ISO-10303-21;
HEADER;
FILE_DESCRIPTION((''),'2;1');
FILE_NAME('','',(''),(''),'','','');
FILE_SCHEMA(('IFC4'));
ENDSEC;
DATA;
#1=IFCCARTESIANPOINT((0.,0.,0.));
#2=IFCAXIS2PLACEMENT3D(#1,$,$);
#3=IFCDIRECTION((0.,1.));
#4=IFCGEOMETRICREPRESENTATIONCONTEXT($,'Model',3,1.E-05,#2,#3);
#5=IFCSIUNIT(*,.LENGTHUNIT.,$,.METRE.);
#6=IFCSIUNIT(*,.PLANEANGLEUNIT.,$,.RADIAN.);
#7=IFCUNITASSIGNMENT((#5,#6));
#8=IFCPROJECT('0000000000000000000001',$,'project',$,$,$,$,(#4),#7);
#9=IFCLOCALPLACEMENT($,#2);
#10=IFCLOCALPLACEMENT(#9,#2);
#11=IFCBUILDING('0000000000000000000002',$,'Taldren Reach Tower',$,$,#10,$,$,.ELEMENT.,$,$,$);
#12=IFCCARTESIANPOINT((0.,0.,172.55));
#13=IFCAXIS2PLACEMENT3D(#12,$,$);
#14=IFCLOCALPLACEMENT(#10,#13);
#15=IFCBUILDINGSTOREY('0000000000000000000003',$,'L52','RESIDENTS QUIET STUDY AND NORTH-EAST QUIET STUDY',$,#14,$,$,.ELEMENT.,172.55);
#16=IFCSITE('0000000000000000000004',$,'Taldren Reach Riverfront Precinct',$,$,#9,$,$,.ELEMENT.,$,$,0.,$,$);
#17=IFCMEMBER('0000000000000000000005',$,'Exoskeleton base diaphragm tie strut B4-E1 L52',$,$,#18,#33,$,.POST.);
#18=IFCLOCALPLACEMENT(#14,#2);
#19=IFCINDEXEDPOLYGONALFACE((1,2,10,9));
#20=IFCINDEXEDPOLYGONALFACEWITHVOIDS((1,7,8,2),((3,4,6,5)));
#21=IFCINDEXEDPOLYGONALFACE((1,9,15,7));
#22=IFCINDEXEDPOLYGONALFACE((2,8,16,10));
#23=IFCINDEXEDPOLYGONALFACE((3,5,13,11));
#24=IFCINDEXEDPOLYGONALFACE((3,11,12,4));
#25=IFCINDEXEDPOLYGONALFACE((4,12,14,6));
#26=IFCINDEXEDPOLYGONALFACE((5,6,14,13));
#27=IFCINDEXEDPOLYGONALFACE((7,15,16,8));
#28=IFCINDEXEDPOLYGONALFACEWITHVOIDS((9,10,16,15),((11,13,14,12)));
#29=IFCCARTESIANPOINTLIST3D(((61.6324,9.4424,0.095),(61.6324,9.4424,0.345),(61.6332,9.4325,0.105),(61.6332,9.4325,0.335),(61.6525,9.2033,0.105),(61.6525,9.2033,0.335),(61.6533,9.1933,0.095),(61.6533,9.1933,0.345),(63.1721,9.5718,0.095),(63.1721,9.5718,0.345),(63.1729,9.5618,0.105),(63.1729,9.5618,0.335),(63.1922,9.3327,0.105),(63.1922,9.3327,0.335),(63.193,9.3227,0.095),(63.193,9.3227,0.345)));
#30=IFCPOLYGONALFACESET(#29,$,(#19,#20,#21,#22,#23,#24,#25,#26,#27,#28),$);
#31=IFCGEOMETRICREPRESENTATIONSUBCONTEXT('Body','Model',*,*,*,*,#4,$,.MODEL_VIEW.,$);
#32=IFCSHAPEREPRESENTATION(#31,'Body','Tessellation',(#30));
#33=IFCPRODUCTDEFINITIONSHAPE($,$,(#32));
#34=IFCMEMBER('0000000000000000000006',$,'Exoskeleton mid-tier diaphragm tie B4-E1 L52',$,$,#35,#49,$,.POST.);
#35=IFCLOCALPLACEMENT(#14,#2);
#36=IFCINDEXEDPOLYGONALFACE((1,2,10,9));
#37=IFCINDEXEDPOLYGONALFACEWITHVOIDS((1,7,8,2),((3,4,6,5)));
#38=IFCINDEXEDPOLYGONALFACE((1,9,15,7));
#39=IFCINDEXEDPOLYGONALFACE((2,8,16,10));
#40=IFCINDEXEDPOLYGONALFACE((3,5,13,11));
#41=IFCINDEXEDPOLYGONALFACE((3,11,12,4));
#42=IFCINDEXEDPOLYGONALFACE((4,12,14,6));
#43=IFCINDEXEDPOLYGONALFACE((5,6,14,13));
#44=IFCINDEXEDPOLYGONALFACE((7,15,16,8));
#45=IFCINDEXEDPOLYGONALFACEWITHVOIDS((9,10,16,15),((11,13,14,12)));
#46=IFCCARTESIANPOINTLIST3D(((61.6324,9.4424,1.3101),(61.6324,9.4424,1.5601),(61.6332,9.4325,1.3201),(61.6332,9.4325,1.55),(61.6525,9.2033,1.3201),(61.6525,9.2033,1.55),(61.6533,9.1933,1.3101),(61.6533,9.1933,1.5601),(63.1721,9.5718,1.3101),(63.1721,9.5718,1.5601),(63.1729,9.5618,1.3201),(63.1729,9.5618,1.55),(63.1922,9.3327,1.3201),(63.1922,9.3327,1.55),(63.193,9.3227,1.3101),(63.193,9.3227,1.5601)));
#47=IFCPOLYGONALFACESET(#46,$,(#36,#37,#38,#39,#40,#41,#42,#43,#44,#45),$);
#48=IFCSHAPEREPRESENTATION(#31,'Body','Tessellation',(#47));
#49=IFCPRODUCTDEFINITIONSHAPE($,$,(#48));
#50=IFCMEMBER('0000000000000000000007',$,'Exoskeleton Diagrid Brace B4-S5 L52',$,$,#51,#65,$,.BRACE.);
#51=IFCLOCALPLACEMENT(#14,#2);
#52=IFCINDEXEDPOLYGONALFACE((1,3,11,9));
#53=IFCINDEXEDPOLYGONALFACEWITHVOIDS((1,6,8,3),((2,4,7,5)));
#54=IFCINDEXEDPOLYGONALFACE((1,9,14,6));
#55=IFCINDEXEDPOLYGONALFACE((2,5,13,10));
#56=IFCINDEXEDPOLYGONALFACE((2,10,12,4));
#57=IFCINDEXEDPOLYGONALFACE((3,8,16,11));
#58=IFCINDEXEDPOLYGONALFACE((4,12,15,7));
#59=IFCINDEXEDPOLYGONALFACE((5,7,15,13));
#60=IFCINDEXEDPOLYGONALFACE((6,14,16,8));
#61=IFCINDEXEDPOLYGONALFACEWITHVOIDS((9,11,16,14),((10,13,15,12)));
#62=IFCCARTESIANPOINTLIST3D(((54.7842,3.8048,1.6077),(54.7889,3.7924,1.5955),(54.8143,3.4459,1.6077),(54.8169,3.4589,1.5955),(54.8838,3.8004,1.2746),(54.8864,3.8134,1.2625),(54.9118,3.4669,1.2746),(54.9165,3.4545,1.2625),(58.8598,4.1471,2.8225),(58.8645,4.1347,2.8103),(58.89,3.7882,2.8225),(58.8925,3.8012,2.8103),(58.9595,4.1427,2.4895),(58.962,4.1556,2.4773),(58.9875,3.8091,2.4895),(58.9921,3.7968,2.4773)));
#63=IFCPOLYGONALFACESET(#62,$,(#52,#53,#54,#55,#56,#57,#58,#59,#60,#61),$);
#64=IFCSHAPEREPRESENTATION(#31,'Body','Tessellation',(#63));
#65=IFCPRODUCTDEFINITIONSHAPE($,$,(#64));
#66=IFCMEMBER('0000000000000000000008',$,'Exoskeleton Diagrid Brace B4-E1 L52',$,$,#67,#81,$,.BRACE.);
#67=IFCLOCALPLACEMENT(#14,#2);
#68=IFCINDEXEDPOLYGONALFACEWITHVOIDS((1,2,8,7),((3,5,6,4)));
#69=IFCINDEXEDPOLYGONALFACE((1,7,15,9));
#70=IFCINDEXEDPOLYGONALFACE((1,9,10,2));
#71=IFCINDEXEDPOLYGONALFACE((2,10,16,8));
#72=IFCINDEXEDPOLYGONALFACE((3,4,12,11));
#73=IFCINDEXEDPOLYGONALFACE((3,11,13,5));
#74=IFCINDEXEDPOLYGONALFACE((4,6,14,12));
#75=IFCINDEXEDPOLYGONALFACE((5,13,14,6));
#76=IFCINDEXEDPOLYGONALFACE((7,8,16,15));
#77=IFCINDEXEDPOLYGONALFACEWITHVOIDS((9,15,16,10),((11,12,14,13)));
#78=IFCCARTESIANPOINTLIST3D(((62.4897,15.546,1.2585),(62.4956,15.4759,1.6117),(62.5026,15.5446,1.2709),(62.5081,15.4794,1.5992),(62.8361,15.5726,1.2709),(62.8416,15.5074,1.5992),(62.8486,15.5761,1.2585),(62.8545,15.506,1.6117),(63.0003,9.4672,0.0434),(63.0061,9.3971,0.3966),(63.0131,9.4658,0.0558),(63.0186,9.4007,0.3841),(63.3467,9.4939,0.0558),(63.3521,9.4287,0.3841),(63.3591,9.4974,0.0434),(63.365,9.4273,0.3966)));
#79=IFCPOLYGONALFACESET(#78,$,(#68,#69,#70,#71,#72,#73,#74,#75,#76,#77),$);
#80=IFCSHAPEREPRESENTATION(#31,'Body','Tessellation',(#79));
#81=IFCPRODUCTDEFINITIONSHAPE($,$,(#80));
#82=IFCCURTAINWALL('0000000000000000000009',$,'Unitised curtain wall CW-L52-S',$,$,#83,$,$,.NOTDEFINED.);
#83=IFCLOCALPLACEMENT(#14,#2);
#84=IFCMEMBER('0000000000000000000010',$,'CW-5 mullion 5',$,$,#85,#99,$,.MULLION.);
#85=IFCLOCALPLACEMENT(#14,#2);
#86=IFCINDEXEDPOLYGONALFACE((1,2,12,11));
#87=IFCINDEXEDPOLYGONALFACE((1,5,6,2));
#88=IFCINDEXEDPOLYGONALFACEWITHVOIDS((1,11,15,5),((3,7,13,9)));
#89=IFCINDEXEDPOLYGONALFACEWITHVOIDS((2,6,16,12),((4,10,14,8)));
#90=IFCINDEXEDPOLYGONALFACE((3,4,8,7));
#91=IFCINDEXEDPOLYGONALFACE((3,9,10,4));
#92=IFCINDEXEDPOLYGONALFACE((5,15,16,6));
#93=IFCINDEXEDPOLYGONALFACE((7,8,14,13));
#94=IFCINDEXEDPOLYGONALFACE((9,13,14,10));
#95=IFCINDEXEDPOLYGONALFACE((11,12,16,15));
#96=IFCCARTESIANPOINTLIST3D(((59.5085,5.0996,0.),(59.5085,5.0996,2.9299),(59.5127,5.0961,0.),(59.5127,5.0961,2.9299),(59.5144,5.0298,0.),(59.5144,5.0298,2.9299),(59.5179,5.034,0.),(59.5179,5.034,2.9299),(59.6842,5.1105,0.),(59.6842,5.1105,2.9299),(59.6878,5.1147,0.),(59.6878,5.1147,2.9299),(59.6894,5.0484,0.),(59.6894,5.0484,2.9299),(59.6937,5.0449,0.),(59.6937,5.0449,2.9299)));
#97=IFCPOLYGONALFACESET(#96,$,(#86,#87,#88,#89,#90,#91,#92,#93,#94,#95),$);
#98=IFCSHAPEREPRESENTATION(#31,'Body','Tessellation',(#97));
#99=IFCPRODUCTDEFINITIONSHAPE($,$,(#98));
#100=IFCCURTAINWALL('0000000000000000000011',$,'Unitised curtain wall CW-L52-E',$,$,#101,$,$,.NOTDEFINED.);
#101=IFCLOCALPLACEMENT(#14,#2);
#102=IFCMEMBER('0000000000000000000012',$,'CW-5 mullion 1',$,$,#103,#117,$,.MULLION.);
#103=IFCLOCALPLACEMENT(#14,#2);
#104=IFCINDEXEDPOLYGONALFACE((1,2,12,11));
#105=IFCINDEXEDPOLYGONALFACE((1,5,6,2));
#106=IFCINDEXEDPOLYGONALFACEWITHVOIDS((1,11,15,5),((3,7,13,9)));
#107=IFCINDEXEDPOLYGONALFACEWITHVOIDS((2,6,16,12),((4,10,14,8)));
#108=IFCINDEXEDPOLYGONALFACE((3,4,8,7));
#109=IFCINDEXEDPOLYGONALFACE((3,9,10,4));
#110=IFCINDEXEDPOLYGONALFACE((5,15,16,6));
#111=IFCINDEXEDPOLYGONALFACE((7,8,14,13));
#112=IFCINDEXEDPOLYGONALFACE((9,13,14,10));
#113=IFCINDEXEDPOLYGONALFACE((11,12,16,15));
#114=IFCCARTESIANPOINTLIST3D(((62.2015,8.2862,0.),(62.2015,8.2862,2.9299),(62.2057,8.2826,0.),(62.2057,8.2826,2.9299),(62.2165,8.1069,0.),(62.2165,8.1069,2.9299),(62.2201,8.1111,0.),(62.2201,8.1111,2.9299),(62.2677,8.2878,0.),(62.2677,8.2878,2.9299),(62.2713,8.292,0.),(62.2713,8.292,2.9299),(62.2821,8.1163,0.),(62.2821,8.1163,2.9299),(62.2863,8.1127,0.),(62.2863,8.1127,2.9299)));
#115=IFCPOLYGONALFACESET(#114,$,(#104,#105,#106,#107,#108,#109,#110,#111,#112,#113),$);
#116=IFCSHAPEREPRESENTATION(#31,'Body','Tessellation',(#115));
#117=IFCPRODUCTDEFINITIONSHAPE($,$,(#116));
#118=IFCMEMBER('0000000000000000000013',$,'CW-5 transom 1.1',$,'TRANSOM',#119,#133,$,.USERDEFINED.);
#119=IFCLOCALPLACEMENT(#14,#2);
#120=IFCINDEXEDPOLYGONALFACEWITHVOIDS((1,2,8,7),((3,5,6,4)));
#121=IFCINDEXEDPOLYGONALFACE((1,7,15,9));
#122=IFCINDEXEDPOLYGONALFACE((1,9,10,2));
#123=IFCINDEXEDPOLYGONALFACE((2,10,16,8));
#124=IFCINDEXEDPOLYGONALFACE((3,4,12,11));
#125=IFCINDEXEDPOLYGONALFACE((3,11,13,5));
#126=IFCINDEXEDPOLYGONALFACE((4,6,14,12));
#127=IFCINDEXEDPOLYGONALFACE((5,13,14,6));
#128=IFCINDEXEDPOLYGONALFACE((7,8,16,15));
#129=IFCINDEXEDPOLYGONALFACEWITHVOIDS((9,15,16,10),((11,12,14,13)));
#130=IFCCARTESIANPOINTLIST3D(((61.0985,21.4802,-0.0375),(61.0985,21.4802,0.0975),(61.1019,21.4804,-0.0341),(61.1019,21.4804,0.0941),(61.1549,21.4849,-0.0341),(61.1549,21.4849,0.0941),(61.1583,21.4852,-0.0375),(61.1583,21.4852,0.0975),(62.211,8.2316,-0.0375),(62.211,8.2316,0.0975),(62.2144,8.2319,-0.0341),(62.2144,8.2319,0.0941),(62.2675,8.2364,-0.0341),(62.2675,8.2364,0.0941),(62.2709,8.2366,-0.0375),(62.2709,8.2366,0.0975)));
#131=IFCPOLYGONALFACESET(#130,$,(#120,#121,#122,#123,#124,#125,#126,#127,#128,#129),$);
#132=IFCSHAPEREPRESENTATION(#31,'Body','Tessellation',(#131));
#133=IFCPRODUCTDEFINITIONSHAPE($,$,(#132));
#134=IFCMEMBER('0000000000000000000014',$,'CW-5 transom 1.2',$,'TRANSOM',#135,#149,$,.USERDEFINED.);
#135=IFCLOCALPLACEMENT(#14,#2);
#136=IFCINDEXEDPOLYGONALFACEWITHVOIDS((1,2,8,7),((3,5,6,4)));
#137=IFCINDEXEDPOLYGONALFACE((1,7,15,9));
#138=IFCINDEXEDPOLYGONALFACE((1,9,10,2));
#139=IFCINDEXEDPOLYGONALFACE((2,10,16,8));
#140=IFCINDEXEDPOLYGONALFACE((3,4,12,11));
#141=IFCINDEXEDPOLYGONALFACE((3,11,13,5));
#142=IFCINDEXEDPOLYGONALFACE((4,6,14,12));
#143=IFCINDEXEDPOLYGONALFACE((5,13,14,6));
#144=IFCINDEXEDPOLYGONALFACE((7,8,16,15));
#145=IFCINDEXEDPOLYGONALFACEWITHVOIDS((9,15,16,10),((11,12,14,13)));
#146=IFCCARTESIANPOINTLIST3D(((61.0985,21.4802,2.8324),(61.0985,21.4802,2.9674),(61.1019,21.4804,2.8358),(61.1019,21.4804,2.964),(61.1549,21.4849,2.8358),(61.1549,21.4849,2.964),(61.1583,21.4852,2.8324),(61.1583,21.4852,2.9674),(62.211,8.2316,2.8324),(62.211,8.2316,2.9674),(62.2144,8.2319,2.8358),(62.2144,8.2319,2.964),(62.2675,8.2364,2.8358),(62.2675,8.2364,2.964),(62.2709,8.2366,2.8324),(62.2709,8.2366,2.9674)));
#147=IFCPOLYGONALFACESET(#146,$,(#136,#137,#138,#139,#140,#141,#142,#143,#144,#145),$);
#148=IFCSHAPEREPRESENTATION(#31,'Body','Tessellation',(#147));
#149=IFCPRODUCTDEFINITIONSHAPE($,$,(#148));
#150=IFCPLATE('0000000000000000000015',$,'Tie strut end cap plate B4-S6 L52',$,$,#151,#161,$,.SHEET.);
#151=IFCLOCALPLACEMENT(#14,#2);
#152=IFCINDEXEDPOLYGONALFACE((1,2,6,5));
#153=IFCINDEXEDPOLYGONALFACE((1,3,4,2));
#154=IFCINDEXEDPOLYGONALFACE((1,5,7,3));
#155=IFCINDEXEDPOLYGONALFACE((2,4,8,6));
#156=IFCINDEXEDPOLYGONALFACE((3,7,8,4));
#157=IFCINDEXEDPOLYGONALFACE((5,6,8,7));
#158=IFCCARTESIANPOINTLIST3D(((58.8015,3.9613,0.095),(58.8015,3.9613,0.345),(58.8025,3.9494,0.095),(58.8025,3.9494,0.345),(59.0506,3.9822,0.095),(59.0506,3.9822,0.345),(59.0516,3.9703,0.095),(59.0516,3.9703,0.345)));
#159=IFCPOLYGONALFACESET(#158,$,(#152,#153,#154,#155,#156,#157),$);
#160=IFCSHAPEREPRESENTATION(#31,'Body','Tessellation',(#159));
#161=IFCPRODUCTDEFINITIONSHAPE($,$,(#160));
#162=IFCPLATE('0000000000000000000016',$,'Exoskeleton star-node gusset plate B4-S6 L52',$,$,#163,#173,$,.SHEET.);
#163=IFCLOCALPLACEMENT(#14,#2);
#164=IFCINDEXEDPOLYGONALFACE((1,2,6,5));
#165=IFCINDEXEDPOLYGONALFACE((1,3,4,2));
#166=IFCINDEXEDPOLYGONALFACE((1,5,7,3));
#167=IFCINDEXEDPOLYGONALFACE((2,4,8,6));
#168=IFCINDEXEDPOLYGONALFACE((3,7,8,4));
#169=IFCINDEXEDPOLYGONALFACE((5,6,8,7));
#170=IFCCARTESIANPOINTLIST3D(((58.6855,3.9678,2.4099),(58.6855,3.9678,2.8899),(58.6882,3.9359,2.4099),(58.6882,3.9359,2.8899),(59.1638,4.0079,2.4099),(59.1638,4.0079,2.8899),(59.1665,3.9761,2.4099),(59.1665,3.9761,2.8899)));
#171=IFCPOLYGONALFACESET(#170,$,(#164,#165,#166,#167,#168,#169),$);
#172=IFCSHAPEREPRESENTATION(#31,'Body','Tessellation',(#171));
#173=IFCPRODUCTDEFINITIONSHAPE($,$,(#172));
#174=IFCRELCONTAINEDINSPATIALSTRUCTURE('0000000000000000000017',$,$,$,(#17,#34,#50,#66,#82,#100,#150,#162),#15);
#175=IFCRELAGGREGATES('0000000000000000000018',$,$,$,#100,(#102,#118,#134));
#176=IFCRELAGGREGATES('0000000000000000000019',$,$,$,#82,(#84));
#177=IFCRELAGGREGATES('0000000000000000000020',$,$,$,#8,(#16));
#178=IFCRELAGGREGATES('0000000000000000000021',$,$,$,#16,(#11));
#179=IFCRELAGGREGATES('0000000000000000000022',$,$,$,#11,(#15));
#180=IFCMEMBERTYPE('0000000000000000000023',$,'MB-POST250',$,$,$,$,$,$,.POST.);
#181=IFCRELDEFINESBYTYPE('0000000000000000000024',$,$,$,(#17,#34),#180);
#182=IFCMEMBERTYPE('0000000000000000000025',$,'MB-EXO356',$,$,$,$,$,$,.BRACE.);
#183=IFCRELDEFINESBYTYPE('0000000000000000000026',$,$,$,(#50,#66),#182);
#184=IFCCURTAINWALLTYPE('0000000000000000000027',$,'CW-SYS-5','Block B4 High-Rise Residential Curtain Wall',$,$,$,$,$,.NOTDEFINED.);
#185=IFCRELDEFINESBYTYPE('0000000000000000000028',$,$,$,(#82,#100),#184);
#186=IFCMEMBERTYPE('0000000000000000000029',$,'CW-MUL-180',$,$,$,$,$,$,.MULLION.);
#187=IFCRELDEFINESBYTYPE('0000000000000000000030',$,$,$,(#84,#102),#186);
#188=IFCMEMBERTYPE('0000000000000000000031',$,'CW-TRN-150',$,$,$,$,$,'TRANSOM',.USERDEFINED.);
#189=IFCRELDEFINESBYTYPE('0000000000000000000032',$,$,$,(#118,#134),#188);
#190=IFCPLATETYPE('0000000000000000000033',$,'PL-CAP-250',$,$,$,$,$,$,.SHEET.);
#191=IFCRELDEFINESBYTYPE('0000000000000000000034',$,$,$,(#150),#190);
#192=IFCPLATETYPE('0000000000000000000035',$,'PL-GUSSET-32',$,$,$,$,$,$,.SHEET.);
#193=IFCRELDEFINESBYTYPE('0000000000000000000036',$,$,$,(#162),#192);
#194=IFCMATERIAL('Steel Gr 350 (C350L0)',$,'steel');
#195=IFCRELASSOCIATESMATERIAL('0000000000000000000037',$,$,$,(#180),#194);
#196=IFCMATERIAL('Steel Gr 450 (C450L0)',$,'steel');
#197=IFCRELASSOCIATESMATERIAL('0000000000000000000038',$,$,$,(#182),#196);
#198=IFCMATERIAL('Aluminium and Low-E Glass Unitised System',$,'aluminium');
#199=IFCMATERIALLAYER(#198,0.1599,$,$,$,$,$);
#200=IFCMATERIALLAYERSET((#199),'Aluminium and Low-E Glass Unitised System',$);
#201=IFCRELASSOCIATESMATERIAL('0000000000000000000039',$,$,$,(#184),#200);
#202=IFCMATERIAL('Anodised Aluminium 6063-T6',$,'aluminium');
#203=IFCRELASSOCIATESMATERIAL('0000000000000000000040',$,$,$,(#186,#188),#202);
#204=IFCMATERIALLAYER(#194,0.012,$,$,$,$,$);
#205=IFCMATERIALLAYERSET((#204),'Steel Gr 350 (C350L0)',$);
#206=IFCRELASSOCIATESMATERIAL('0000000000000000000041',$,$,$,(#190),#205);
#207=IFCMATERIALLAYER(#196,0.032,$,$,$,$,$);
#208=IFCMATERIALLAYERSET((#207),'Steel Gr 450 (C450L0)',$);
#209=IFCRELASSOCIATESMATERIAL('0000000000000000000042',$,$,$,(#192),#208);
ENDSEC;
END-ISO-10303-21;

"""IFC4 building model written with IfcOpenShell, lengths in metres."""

from ifc_helpers import new_model, si_unit, direction, frame, origin, origin_2d, place, context, subcontext, project, spatial, rectangle, hollow_rectangle, extrude, source, transform, mapped, material, layer, layer_set, material_profile, profile_set, type_object, element, aggregate, save


model = new_model("IFC4")

# Units and contexts
model_context = context("Model", 3, precision=1e-05, world=origin(), true_north=direction((0.0, 1.0)))
body_context = subcontext(model_context, "Body", "Model", "MODEL_VIEW")
ifc_project = project(units=[si_unit("LENGTHUNIT", "METRE"), si_unit("PLANEANGLEUNIT", "RADIAN")], contexts=[model_context])

# Site, building, storey
site_placement = place(None, origin())
site = spatial("IfcSite", under=ifc_project, at=site_placement, Name="Taldren Reach Riverfront Precinct", CompositionType="ELEMENT", RefElevation=0.0)
building_placement = place(site_placement, origin())
building = spatial("IfcBuilding", under=site, at=building_placement, Name="Taldren Reach Tower", CompositionType="ELEMENT")
storey_placement = place(building_placement, frame((0.0, 0.0, 172.55)))
storey = spatial("IfcBuildingStorey", under=building, at=storey_placement, Name="L52", Description="RESIDENTS QUIET STUDY AND NORTH-EAST QUIET STUDY", CompositionType="ELEMENT", Elevation=172.55)

# Shared definitions
ifc_material_1 = material(Name="Steel Gr 350 (C350L0)", Category="steel")

# Shared definitions
ifc_material_profile_1 = material_profile(ifc_material_1, hollow_rectangle(XDim=0.25, YDim=0.25, WallThickness=0.01, at=origin_2d()), Name="250x250x10.0SHS")
ifc_profile_set_1 = profile_set([ifc_material_profile_1], Name="Steel Gr 350 (C350L0)")
member_type_1 = type_object("IfcMemberType", Name="MB-POST250", PredefinedType="POST", material=ifc_profile_set_1)

# Members
ifc_material_2 = material(Name="Steel Gr 450 (C450L0)", Category="steel")
shared_shape_1 = source(origin(), body_context, "Body", "SweptSolid", [
    extrude(hollow_rectangle(XDim=0.25, YDim=0.25, WallThickness=0.01, at=origin_2d()), origin(), (0.0, 0.0, 1.0), 1.5452),
])
for number, where, z_axis, x_axis, name in (
    (1, (61.6428, 9.3179, 0.22), (0.996488, 0.083738, 0.0), (-0.083738, 0.996488, 0.0), "Exoskeleton base diaphragm tie strut B4-E1 L52"),
    (2, (61.6428, 9.3179, 1.4351), (0.996488, 0.083738, 0.0), (-0.083738, 0.996488, 0.0), "Exoskeleton mid-tier diaphragm tie B4-E1 L52"),
):
    element("IfcMember", number, at=place(storey_placement, frame(where, z_axis=z_axis, x_axis=x_axis)), inside=storey, type_object=member_type_1, Name=name, PredefinedType="POST", context=body_context, shape_type="MappedRepresentation", body=[
        mapped(shared_shape_1, transform((0.0, 0.0, 0.0), scale=1.0)),
    ])
ifc_material_profile_2 = material_profile(ifc_material_2, hollow_rectangle(XDim=0.3601, YDim=0.3601, WallThickness=0.0127, at=origin_2d()), Name="360x360x12.7SHS")
ifc_profile_set_2 = profile_set([ifc_material_profile_2], Name="Steel Gr 450 (C450L0)")
member_type_2 = type_object("IfcMemberType", Name="MB-EXO356", PredefinedType="BRACE", material=ifc_profile_set_2)
shared_shape_2 = source(origin(), body_context, "Body", "SweptSolid", [
    extrude(hollow_rectangle(XDim=0.3601, YDim=0.3601, WallThickness=0.0127, at=origin_2d()), origin(), (0.0, 0.0, 1.0), 4.2666),
])
member_1_placement = place(storey_placement, frame((54.8503, 3.6296, 1.4351), z_axis=(0.955245, 0.080224, 0.284731), x_axis=(-0.083688, 0.996492, 0.0)))
element("IfcMember", 3, at=member_1_placement, inside=storey, type_object=member_type_2, Name="Exoskeleton Diagrid Brace B4-S5 L52", PredefinedType="BRACE", context=body_context, shape_type="MappedRepresentation", body=[
    mapped(shared_shape_2, transform((0.0, 0.0, 0.0), scale=1.0)),
])
shared_shape_3 = source(origin(), body_context, "Body", "SweptSolid", [
    extrude(hollow_rectangle(XDim=0.3601, YDim=0.3601, WallThickness=0.0127, at=origin_2d()), origin(), (0.0, 0.0, 1.0), 6.22),
])
member_2_placement = place(storey_placement, frame((63.1826, 9.4473, 0.22), z_axis=(-0.082076, 0.977292, 0.195356), x_axis=(-0.996492, -0.083688, 0.0)))
element("IfcMember", 4, at=member_2_placement, inside=storey, type_object=member_type_2, Name="Exoskeleton Diagrid Brace B4-E1 L52", PredefinedType="BRACE", context=body_context, shape_type="MappedRepresentation", body=[
    mapped(shared_shape_3, transform((0.0, 0.0, 0.0), scale=1.0)),
])

# Curtain wall, member
ifc_material_3 = material(Name="Aluminium and Low-E Glass Unitised System", Category="aluminium")
ifc_layer_1 = layer(ifc_material_3, 0.1599)
ifc_layer_set_1 = layer_set([ifc_layer_1], Name="Aluminium and Low-E Glass Unitised System")
curtain_wall_type = type_object("IfcCurtainWallType", Name="CW-SYS-5", Description="Block B4 High-Rise Residential Curtain Wall", PredefinedType="NOTDEFINED", material=ifc_layer_set_1)
curtain_wall_1_placement = place(storey_placement, origin())
curtain_wall_1 = element("IfcCurtainWall", 5, at=curtain_wall_1_placement, inside=storey, type_object=curtain_wall_type, Name="Unitised curtain wall CW-L52-S", PredefinedType="NOTDEFINED")
ifc_material_4 = material(Name="Anodised Aluminium 6063-T6", Category="aluminium")
ifc_material_profile_3 = material_profile(ifc_material_4, hollow_rectangle(XDim=0.0701, YDim=0.1799, WallThickness=0.0039, at=origin_2d()), Name="ALU-180x70x4RHS")
ifc_profile_set_3 = profile_set([ifc_material_profile_3], Name="Anodised Aluminium 6063-T6")
member_type_3 = type_object("IfcMemberType", Name="CW-MUL-180", PredefinedType="MULLION", material=ifc_profile_set_3)
shared_shape_4 = source(origin(), body_context, "Body", "SweptSolid", [
    extrude(hollow_rectangle(XDim=0.0701, YDim=0.1799, WallThickness=0.0039, at=origin_2d()), origin(), (0.0, 0.0, 1.0), 2.9299),
])
member_3_placement = place(storey_placement, frame((59.6011, 5.0723, 0.0), z_axis=(0.0, 0.0, 1.0), x_axis=(-0.083678, 0.996493, 0.0)))
member_3 = element("IfcMember", 6, at=member_3_placement, type_object=member_type_3, Name="CW-5 mullion 5", PredefinedType="MULLION", context=body_context, shape_type="MappedRepresentation", body=[
    mapped(shared_shape_4, transform((0.0, 0.0, 0.0), scale=1.0)),
])

# Curtain wall, members
curtain_wall_2_placement = place(storey_placement, origin())
curtain_wall_2 = element("IfcCurtainWall", 7, at=curtain_wall_2_placement, inside=storey, type_object=curtain_wall_type, Name="Unitised curtain wall CW-L52-E", PredefinedType="NOTDEFINED")
member_4_placement = place(storey_placement, frame((62.2439, 8.1995, 0.0), z_axis=(0.0, 0.0, 1.0), x_axis=(-0.996493, -0.083678, 0.0)))
member_4 = element("IfcMember", 8, at=member_4_placement, type_object=member_type_3, Name="CW-5 mullion 1", PredefinedType="MULLION", context=body_context, shape_type="MappedRepresentation", body=[
    mapped(shared_shape_4, transform((0.0, 0.0, 0.0), scale=1.0)),
])
ifc_material_profile_4 = material_profile(ifc_material_4, hollow_rectangle(XDim=0.0601, YDim=0.135, WallThickness=0.0034, at=origin_2d()), Name="ALU-135x60x3.5RHS")
ifc_profile_set_4 = profile_set([ifc_material_profile_4], Name="Anodised Aluminium 6063-T6")
member_type_4 = type_object("IfcMemberType", Name="CW-TRN-150", ElementType="TRANSOM", PredefinedType="USERDEFINED", material=ifc_profile_set_4)
shared_shape_5 = source(origin(), body_context, "Body", "SweptSolid", [
    extrude(hollow_rectangle(XDim=0.0601, YDim=0.135, WallThickness=0.0034, at=origin_2d()), origin(), (0.0, 0.0, 1.0), 13.2952),
])
member_5_placement = place(storey_placement, frame((62.241, 8.2341, 0.03), z_axis=(-0.083681, 0.996493, 0.0), x_axis=(-0.996493, -0.083681, 0.0)))
member_5 = element("IfcMember", 9, at=member_5_placement, type_object=member_type_4, Name="CW-5 transom 1.1", ObjectType="TRANSOM", PredefinedType="USERDEFINED", context=body_context, shape_type="MappedRepresentation", body=[
    mapped(shared_shape_5, transform((0.0, 0.0, 0.0), scale=1.0)),
])
member_6_placement = place(storey_placement, frame((62.241, 8.2341, 2.8999), z_axis=(-0.083681, 0.996493, 0.0), x_axis=(-0.996493, -0.083681, 0.0)))
member_6 = element("IfcMember", 10, at=member_6_placement, type_object=member_type_4, Name="CW-5 transom 1.2", ObjectType="TRANSOM", PredefinedType="USERDEFINED", context=body_context, shape_type="MappedRepresentation", body=[
    mapped(shared_shape_5, transform((0.0, 0.0, 0.0), scale=1.0)),
])
aggregate(curtain_wall_2, [member_4, member_5, member_6])

# Plates
ifc_layer_2 = layer(ifc_material_1, 0.012)
ifc_layer_set_2 = layer_set([ifc_layer_2], Name="Steel Gr 350 (C350L0)")
plate_type_1 = type_object("IfcPlateType", Name="PL-CAP-250", PredefinedType="SHEET", material=ifc_layer_set_2)
shared_shape_6 = source(origin(), body_context, "Body", "SweptSolid", [
    extrude(rectangle(XDim=0.25, YDim=0.012, at=origin_2d()), origin(), (0.0, 0.0, 1.0), 0.25),
])
plate_1_placement = place(storey_placement, frame((58.9265, 3.9658, 0.095), z_axis=(0.0, 0.0, 1.0), x_axis=(0.996493, 0.083678, 0.0)))
element("IfcPlate", 11, at=plate_1_placement, inside=storey, type_object=plate_type_1, Name="Tie strut end cap plate B4-S6 L52", PredefinedType="SHEET", context=body_context, shape_type="MappedRepresentation", body=[
    mapped(shared_shape_6, transform((0.0, 0.0, 0.0), scale=1.0)),
])
ifc_layer_3 = layer(ifc_material_2, 0.032)
ifc_layer_set_3 = layer_set([ifc_layer_3], Name="Steel Gr 450 (C450L0)")
plate_type_2 = type_object("IfcPlateType", Name="PL-GUSSET-32", PredefinedType="SHEET", material=ifc_layer_set_3)
shared_shape_7 = source(origin(), body_context, "Body", "SweptSolid", [
    extrude(rectangle(XDim=0.48, YDim=0.032, at=origin_2d()), origin(), (0.0, 0.0, 1.0), 0.48),
])
for number, where, z_axis, x_axis, name in (
    (12, (58.926, 3.9719, 2.4099), (0.0, 0.0, 1.0), (0.996493, 0.083678, 0.0), "Exoskeleton star-node gusset plate B4-S6 L52"),
):
    element("IfcPlate", number, at=place(storey_placement, frame(where, z_axis=z_axis, x_axis=x_axis)), inside=storey, type_object=plate_type_2, Name=name, PredefinedType="SHEET", context=body_context, shape_type="MappedRepresentation", body=[
        mapped(shared_shape_7, transform((0.0, 0.0, 0.0), scale=1.0)),
    ])

aggregate(curtain_wall_1, [member_3])

save(model, "model.ifc")
